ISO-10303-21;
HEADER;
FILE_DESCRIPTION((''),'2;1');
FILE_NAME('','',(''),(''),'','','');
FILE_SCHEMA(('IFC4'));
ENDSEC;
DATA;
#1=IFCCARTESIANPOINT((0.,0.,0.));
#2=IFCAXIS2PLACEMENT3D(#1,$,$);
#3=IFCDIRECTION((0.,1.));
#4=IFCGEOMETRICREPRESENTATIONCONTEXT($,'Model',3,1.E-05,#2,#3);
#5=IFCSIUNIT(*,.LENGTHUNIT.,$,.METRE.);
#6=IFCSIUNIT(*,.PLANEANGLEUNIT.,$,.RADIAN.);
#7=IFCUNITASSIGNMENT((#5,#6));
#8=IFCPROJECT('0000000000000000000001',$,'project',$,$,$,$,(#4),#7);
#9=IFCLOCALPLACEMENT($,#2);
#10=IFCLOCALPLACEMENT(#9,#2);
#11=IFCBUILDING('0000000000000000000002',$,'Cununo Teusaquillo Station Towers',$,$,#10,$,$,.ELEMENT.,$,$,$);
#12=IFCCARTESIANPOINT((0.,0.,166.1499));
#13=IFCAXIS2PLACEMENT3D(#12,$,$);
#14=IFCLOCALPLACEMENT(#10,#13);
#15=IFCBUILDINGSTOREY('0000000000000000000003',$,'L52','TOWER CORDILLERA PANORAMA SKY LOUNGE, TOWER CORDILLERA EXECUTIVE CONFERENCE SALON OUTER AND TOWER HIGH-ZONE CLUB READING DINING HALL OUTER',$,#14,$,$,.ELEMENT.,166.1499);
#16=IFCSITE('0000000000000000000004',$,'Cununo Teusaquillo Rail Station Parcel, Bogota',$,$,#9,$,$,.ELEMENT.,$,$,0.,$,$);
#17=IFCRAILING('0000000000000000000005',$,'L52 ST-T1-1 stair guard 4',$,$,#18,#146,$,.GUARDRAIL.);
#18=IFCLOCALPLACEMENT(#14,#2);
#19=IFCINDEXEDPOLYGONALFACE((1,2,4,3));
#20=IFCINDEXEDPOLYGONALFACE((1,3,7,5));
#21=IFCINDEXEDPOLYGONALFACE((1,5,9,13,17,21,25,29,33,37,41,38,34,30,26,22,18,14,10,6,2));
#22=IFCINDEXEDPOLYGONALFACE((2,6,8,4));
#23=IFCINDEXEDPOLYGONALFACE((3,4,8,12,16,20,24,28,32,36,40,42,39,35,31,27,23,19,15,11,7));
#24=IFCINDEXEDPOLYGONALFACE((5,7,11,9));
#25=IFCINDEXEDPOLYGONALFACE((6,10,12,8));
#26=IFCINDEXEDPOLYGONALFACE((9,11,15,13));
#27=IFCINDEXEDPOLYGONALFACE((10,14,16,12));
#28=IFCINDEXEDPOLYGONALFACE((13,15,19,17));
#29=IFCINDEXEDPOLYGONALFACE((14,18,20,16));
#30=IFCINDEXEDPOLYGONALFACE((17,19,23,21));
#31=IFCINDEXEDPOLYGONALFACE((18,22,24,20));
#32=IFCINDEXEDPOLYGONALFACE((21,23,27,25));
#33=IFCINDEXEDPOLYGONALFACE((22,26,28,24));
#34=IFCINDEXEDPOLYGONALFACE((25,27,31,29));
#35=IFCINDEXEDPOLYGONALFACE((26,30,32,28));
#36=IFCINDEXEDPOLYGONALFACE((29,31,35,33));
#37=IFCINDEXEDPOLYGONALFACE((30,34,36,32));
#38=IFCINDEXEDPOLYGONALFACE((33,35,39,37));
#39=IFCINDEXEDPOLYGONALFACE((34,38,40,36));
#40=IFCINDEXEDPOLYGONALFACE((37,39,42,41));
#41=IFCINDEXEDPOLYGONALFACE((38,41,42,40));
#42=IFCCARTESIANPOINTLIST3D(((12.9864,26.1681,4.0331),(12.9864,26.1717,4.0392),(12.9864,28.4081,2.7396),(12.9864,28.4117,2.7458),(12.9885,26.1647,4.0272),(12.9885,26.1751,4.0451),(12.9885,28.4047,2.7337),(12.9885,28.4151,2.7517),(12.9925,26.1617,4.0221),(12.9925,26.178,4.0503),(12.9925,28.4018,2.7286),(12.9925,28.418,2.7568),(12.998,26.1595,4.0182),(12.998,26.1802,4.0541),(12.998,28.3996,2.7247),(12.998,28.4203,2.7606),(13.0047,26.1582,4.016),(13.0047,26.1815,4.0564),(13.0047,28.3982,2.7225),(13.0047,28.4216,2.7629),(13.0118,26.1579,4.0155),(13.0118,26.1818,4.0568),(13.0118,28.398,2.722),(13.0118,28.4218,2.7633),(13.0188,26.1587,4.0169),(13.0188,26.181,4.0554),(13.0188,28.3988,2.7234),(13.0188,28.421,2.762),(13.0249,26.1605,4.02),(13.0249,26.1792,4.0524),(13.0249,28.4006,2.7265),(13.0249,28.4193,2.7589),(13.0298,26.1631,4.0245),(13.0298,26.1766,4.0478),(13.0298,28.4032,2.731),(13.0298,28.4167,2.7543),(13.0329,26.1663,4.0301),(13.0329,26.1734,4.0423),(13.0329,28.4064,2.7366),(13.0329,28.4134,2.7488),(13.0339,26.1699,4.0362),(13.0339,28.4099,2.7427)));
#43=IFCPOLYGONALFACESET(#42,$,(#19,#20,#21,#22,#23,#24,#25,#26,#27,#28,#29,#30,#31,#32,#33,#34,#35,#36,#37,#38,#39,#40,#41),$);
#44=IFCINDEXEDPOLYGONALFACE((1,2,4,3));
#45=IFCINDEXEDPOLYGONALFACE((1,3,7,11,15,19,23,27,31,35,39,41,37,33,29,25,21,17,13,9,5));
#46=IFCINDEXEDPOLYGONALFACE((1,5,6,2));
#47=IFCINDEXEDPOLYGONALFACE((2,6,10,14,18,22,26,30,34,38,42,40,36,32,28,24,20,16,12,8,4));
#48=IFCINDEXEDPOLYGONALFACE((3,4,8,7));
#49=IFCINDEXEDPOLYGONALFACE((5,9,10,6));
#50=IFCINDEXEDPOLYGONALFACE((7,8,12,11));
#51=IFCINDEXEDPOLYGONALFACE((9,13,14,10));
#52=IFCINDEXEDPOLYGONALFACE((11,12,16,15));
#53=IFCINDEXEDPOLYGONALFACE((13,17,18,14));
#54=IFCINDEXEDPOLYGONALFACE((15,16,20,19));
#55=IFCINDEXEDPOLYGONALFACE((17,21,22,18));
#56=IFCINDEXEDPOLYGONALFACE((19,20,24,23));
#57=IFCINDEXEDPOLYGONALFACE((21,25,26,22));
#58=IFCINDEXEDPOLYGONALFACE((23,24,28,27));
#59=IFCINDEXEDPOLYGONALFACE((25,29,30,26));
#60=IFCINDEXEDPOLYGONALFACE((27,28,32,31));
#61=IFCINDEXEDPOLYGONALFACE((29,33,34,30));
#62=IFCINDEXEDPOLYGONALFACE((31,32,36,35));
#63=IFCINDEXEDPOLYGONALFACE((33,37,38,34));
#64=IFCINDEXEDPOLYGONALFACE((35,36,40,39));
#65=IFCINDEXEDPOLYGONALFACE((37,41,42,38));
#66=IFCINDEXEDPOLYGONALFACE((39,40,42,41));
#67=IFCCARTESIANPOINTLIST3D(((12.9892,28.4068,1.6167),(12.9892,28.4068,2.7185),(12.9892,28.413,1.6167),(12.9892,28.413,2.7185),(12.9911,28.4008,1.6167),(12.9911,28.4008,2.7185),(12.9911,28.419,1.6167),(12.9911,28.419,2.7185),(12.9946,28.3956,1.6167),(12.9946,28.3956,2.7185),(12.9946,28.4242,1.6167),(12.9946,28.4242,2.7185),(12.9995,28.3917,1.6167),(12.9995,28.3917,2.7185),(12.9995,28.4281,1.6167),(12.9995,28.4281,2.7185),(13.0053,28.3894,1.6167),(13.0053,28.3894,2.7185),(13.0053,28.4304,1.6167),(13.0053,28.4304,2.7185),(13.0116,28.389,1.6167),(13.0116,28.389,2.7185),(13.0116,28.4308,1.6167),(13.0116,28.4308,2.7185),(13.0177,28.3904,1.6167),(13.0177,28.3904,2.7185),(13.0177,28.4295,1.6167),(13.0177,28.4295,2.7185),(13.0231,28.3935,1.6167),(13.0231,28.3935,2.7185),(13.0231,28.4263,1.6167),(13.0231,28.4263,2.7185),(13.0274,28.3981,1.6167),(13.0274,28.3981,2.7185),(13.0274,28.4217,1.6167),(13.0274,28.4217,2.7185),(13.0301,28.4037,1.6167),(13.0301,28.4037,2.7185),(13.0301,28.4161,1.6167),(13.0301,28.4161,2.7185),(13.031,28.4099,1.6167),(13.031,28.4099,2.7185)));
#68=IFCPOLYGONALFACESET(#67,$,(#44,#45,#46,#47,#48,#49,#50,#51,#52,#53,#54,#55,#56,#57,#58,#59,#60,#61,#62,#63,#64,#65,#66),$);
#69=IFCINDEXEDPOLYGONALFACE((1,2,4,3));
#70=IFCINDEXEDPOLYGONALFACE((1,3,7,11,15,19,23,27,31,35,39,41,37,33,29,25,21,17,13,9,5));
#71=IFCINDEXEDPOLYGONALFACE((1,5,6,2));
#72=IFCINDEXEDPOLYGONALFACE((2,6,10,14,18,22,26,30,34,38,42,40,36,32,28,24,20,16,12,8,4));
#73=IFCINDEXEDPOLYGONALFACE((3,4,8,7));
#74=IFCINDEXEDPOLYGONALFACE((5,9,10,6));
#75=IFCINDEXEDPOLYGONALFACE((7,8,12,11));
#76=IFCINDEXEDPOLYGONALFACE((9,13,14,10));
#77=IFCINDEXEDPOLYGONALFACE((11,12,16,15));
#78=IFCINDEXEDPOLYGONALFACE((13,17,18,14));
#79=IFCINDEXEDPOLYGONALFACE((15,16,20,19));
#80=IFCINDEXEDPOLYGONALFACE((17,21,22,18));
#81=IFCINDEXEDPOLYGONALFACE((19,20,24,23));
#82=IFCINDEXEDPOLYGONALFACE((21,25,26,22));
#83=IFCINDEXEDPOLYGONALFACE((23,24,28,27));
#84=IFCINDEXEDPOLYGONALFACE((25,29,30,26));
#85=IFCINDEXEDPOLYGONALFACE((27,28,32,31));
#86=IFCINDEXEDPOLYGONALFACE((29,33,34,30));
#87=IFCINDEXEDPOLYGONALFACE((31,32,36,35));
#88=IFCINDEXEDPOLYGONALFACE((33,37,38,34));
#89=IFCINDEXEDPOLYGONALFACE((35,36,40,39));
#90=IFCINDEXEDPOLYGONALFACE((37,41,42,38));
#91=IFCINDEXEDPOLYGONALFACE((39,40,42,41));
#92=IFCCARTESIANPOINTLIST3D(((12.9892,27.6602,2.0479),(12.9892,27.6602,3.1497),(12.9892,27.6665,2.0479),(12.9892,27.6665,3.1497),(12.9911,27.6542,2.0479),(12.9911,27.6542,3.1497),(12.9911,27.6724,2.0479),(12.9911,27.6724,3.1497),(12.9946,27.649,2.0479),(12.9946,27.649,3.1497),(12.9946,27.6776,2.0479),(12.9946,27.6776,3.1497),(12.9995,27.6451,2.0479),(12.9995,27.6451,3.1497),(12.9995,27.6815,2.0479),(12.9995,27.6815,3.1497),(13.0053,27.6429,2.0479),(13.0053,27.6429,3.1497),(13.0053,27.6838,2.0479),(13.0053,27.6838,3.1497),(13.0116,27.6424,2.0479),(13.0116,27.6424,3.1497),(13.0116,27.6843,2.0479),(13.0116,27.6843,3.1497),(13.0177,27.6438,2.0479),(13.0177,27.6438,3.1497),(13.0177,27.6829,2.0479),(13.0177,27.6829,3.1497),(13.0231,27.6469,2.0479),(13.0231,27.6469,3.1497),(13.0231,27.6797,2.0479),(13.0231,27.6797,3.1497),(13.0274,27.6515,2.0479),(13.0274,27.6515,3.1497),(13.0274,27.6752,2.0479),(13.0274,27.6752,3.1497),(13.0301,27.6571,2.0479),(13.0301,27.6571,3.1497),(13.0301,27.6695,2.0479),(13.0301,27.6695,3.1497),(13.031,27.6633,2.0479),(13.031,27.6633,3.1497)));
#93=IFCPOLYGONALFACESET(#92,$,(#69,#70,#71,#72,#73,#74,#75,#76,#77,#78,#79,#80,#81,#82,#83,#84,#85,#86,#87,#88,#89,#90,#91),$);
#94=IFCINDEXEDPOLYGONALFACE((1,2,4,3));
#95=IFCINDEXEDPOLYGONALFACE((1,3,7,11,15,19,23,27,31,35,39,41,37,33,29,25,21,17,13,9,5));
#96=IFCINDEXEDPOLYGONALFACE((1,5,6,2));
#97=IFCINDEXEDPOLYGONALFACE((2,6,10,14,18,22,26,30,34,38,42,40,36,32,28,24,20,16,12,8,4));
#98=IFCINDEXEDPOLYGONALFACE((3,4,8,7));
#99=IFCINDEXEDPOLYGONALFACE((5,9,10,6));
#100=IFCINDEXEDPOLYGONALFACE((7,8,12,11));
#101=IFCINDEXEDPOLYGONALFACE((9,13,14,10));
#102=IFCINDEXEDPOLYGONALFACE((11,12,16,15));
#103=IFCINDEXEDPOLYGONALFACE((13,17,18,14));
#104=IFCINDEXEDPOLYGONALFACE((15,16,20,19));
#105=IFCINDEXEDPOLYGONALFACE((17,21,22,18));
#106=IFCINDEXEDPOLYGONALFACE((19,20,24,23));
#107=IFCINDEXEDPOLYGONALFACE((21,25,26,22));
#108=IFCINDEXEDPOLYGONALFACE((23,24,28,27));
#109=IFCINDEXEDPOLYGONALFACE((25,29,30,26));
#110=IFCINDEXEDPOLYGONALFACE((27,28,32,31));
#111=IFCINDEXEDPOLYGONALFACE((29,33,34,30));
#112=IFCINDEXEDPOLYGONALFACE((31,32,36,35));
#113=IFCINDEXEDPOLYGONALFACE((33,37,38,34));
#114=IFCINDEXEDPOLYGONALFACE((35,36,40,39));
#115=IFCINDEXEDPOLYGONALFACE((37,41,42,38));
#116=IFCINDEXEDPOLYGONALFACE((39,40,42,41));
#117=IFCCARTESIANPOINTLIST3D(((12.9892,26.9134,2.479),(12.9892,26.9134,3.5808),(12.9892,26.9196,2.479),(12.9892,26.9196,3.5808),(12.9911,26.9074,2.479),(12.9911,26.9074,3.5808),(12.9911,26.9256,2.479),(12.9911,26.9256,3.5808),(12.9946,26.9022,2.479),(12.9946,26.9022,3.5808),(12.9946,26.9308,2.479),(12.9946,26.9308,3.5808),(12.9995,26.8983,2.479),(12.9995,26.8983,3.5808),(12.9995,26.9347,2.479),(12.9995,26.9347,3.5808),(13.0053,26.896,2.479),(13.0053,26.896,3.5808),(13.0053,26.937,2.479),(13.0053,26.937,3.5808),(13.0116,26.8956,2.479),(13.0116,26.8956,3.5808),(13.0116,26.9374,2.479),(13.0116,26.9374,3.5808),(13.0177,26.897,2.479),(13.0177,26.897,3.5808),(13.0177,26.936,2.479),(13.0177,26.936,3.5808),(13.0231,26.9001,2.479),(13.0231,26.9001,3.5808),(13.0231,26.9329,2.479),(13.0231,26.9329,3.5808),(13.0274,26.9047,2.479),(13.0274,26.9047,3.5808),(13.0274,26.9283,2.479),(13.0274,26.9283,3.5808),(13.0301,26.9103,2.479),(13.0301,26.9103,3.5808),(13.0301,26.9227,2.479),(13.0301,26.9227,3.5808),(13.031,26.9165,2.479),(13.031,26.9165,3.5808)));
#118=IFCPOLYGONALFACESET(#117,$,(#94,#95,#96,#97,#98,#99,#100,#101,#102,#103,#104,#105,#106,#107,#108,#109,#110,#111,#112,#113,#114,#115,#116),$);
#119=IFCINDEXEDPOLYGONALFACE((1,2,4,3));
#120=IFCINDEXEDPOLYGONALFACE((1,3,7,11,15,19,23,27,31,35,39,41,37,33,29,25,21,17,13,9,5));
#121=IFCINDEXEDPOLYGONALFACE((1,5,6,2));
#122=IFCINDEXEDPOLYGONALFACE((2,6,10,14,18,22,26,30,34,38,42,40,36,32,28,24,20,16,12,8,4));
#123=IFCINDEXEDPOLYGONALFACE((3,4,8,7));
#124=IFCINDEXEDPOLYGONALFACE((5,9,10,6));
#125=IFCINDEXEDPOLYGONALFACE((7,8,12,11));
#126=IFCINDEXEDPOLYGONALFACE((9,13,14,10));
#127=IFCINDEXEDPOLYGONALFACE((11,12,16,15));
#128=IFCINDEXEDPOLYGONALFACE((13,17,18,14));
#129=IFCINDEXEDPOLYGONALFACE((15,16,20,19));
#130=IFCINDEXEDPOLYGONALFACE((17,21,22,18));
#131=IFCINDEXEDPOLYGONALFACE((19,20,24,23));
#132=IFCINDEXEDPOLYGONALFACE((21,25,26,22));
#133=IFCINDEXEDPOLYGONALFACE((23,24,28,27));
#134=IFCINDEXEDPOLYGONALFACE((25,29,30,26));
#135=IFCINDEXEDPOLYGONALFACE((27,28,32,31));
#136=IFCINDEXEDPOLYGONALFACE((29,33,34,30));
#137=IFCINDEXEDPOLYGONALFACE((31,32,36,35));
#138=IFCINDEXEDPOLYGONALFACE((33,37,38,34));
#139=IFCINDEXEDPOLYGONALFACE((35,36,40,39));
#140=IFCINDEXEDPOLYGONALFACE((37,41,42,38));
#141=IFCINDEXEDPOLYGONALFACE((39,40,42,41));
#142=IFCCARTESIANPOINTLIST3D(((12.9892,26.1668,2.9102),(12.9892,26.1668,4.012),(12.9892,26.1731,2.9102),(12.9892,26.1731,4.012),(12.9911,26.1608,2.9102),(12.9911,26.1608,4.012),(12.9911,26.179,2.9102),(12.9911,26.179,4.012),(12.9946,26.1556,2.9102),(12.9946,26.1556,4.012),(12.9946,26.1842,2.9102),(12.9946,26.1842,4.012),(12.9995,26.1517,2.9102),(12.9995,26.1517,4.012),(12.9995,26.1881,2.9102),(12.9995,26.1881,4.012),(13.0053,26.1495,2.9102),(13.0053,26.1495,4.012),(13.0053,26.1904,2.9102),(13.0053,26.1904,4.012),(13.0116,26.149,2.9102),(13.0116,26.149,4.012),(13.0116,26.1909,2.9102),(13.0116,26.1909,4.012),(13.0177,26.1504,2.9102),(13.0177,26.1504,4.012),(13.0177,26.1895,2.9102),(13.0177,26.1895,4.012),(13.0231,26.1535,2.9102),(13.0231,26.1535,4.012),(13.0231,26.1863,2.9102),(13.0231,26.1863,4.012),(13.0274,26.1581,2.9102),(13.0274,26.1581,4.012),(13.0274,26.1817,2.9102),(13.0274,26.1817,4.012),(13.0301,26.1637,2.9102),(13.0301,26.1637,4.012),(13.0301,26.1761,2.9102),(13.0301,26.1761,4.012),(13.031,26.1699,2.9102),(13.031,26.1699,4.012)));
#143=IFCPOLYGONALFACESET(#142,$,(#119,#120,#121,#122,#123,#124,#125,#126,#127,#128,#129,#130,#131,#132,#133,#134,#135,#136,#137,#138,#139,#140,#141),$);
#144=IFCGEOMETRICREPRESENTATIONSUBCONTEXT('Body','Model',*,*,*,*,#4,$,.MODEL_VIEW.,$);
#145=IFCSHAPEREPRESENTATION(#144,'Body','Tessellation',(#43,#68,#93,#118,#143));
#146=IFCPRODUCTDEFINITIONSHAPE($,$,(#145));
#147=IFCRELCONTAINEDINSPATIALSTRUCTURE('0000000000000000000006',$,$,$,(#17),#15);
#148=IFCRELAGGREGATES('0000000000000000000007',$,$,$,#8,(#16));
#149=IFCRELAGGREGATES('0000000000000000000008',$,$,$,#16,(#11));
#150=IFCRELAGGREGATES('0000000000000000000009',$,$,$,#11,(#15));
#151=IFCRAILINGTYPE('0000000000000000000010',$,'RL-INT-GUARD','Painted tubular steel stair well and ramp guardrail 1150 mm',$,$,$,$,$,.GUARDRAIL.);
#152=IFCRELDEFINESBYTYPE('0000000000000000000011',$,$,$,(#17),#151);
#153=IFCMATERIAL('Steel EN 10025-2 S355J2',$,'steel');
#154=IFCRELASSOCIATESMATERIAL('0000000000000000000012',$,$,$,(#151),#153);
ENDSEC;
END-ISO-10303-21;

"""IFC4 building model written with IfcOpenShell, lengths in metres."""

from ifc_helpers import new_model, si_unit, direction, frame, origin, origin_2d, place, context, subcontext, project, spatial, circle, extrude, material, type_object, element, save


model = new_model("IFC4")

# Units and contexts
model_context = context("Model", 3, precision=1e-05, world=origin(), true_north=direction((0.0, 1.0)))
body_context = subcontext(model_context, "Body", "Model", "MODEL_VIEW")
ifc_project = project(units=[si_unit("LENGTHUNIT", "METRE"), si_unit("PLANEANGLEUNIT", "RADIAN")], contexts=[model_context])

# Site, building, storey
site_placement = place(None, origin())
site = spatial("IfcSite", under=ifc_project, at=site_placement, Name="Cununo Teusaquillo Rail Station Parcel, Bogota", CompositionType="ELEMENT", RefElevation=0.0)
building_placement = place(site_placement, origin())
building = spatial("IfcBuilding", under=site, at=building_placement, Name="Cununo Teusaquillo Station Towers", CompositionType="ELEMENT")
storey_placement = place(building_placement, frame((0.0, 0.0, 166.1499)))
storey = spatial("IfcBuildingStorey", under=building, at=storey_placement, Name="L52", Description="TOWER CORDILLERA PANORAMA SKY LOUNGE, TOWER CORDILLERA EXECUTIVE CONFERENCE SALON OUTER AND TOWER HIGH-ZONE CLUB READING DINING HALL OUTER", CompositionType="ELEMENT", Elevation=166.1499)

# Railing
ifc_material_1 = material(Name="Steel EN 10025-2 S355J2", Category="steel")
railing_type_1 = type_object("IfcRailingType", Name="RL-INT-GUARD", Description="Painted tubular steel stair well and ramp guardrail 1150 mm", PredefinedType="GUARDRAIL", material=ifc_material_1)
railing_1_placement = place(storey_placement, frame((13.01, 28.4099, 1.6167)))
element("IfcRailing", 1, at=railing_1_placement, inside=storey, type_object=railing_type_1, Name="L52 ST-T1-1 stair guard 4", PredefinedType="GUARDRAIL", context=body_context, shape_type="SweptSolid", body=[
    extrude(circle(Radius=0.0239, at=origin_2d()), frame((0.0, 0.0, 1.126), z_axis=(0.0, -0.865992, 0.500057), x_axis=(1.0, 0.0, 0.0)), (0.0, 0.0, 1.0), 2.5867),
    extrude(circle(Radius=0.021, at=origin_2d()), origin(), (0.0, 0.0, 1.0), 1.1018),
    extrude(circle(Radius=0.021, at=origin_2d()), frame((0.0, -0.7466, 0.4312)), (0.0, 0.0, 1.0), 1.1018),
    extrude(circle(Radius=0.021, at=origin_2d()), frame((0.0, -1.4934, 0.8623)), (0.0, 0.0, 1.0), 1.1018),
    extrude(circle(Radius=0.021, at=origin_2d()), frame((0.0, -2.24, 1.2935)), (0.0, 0.0, 1.0), 1.1018),
])

save(model, "model.ifc")
